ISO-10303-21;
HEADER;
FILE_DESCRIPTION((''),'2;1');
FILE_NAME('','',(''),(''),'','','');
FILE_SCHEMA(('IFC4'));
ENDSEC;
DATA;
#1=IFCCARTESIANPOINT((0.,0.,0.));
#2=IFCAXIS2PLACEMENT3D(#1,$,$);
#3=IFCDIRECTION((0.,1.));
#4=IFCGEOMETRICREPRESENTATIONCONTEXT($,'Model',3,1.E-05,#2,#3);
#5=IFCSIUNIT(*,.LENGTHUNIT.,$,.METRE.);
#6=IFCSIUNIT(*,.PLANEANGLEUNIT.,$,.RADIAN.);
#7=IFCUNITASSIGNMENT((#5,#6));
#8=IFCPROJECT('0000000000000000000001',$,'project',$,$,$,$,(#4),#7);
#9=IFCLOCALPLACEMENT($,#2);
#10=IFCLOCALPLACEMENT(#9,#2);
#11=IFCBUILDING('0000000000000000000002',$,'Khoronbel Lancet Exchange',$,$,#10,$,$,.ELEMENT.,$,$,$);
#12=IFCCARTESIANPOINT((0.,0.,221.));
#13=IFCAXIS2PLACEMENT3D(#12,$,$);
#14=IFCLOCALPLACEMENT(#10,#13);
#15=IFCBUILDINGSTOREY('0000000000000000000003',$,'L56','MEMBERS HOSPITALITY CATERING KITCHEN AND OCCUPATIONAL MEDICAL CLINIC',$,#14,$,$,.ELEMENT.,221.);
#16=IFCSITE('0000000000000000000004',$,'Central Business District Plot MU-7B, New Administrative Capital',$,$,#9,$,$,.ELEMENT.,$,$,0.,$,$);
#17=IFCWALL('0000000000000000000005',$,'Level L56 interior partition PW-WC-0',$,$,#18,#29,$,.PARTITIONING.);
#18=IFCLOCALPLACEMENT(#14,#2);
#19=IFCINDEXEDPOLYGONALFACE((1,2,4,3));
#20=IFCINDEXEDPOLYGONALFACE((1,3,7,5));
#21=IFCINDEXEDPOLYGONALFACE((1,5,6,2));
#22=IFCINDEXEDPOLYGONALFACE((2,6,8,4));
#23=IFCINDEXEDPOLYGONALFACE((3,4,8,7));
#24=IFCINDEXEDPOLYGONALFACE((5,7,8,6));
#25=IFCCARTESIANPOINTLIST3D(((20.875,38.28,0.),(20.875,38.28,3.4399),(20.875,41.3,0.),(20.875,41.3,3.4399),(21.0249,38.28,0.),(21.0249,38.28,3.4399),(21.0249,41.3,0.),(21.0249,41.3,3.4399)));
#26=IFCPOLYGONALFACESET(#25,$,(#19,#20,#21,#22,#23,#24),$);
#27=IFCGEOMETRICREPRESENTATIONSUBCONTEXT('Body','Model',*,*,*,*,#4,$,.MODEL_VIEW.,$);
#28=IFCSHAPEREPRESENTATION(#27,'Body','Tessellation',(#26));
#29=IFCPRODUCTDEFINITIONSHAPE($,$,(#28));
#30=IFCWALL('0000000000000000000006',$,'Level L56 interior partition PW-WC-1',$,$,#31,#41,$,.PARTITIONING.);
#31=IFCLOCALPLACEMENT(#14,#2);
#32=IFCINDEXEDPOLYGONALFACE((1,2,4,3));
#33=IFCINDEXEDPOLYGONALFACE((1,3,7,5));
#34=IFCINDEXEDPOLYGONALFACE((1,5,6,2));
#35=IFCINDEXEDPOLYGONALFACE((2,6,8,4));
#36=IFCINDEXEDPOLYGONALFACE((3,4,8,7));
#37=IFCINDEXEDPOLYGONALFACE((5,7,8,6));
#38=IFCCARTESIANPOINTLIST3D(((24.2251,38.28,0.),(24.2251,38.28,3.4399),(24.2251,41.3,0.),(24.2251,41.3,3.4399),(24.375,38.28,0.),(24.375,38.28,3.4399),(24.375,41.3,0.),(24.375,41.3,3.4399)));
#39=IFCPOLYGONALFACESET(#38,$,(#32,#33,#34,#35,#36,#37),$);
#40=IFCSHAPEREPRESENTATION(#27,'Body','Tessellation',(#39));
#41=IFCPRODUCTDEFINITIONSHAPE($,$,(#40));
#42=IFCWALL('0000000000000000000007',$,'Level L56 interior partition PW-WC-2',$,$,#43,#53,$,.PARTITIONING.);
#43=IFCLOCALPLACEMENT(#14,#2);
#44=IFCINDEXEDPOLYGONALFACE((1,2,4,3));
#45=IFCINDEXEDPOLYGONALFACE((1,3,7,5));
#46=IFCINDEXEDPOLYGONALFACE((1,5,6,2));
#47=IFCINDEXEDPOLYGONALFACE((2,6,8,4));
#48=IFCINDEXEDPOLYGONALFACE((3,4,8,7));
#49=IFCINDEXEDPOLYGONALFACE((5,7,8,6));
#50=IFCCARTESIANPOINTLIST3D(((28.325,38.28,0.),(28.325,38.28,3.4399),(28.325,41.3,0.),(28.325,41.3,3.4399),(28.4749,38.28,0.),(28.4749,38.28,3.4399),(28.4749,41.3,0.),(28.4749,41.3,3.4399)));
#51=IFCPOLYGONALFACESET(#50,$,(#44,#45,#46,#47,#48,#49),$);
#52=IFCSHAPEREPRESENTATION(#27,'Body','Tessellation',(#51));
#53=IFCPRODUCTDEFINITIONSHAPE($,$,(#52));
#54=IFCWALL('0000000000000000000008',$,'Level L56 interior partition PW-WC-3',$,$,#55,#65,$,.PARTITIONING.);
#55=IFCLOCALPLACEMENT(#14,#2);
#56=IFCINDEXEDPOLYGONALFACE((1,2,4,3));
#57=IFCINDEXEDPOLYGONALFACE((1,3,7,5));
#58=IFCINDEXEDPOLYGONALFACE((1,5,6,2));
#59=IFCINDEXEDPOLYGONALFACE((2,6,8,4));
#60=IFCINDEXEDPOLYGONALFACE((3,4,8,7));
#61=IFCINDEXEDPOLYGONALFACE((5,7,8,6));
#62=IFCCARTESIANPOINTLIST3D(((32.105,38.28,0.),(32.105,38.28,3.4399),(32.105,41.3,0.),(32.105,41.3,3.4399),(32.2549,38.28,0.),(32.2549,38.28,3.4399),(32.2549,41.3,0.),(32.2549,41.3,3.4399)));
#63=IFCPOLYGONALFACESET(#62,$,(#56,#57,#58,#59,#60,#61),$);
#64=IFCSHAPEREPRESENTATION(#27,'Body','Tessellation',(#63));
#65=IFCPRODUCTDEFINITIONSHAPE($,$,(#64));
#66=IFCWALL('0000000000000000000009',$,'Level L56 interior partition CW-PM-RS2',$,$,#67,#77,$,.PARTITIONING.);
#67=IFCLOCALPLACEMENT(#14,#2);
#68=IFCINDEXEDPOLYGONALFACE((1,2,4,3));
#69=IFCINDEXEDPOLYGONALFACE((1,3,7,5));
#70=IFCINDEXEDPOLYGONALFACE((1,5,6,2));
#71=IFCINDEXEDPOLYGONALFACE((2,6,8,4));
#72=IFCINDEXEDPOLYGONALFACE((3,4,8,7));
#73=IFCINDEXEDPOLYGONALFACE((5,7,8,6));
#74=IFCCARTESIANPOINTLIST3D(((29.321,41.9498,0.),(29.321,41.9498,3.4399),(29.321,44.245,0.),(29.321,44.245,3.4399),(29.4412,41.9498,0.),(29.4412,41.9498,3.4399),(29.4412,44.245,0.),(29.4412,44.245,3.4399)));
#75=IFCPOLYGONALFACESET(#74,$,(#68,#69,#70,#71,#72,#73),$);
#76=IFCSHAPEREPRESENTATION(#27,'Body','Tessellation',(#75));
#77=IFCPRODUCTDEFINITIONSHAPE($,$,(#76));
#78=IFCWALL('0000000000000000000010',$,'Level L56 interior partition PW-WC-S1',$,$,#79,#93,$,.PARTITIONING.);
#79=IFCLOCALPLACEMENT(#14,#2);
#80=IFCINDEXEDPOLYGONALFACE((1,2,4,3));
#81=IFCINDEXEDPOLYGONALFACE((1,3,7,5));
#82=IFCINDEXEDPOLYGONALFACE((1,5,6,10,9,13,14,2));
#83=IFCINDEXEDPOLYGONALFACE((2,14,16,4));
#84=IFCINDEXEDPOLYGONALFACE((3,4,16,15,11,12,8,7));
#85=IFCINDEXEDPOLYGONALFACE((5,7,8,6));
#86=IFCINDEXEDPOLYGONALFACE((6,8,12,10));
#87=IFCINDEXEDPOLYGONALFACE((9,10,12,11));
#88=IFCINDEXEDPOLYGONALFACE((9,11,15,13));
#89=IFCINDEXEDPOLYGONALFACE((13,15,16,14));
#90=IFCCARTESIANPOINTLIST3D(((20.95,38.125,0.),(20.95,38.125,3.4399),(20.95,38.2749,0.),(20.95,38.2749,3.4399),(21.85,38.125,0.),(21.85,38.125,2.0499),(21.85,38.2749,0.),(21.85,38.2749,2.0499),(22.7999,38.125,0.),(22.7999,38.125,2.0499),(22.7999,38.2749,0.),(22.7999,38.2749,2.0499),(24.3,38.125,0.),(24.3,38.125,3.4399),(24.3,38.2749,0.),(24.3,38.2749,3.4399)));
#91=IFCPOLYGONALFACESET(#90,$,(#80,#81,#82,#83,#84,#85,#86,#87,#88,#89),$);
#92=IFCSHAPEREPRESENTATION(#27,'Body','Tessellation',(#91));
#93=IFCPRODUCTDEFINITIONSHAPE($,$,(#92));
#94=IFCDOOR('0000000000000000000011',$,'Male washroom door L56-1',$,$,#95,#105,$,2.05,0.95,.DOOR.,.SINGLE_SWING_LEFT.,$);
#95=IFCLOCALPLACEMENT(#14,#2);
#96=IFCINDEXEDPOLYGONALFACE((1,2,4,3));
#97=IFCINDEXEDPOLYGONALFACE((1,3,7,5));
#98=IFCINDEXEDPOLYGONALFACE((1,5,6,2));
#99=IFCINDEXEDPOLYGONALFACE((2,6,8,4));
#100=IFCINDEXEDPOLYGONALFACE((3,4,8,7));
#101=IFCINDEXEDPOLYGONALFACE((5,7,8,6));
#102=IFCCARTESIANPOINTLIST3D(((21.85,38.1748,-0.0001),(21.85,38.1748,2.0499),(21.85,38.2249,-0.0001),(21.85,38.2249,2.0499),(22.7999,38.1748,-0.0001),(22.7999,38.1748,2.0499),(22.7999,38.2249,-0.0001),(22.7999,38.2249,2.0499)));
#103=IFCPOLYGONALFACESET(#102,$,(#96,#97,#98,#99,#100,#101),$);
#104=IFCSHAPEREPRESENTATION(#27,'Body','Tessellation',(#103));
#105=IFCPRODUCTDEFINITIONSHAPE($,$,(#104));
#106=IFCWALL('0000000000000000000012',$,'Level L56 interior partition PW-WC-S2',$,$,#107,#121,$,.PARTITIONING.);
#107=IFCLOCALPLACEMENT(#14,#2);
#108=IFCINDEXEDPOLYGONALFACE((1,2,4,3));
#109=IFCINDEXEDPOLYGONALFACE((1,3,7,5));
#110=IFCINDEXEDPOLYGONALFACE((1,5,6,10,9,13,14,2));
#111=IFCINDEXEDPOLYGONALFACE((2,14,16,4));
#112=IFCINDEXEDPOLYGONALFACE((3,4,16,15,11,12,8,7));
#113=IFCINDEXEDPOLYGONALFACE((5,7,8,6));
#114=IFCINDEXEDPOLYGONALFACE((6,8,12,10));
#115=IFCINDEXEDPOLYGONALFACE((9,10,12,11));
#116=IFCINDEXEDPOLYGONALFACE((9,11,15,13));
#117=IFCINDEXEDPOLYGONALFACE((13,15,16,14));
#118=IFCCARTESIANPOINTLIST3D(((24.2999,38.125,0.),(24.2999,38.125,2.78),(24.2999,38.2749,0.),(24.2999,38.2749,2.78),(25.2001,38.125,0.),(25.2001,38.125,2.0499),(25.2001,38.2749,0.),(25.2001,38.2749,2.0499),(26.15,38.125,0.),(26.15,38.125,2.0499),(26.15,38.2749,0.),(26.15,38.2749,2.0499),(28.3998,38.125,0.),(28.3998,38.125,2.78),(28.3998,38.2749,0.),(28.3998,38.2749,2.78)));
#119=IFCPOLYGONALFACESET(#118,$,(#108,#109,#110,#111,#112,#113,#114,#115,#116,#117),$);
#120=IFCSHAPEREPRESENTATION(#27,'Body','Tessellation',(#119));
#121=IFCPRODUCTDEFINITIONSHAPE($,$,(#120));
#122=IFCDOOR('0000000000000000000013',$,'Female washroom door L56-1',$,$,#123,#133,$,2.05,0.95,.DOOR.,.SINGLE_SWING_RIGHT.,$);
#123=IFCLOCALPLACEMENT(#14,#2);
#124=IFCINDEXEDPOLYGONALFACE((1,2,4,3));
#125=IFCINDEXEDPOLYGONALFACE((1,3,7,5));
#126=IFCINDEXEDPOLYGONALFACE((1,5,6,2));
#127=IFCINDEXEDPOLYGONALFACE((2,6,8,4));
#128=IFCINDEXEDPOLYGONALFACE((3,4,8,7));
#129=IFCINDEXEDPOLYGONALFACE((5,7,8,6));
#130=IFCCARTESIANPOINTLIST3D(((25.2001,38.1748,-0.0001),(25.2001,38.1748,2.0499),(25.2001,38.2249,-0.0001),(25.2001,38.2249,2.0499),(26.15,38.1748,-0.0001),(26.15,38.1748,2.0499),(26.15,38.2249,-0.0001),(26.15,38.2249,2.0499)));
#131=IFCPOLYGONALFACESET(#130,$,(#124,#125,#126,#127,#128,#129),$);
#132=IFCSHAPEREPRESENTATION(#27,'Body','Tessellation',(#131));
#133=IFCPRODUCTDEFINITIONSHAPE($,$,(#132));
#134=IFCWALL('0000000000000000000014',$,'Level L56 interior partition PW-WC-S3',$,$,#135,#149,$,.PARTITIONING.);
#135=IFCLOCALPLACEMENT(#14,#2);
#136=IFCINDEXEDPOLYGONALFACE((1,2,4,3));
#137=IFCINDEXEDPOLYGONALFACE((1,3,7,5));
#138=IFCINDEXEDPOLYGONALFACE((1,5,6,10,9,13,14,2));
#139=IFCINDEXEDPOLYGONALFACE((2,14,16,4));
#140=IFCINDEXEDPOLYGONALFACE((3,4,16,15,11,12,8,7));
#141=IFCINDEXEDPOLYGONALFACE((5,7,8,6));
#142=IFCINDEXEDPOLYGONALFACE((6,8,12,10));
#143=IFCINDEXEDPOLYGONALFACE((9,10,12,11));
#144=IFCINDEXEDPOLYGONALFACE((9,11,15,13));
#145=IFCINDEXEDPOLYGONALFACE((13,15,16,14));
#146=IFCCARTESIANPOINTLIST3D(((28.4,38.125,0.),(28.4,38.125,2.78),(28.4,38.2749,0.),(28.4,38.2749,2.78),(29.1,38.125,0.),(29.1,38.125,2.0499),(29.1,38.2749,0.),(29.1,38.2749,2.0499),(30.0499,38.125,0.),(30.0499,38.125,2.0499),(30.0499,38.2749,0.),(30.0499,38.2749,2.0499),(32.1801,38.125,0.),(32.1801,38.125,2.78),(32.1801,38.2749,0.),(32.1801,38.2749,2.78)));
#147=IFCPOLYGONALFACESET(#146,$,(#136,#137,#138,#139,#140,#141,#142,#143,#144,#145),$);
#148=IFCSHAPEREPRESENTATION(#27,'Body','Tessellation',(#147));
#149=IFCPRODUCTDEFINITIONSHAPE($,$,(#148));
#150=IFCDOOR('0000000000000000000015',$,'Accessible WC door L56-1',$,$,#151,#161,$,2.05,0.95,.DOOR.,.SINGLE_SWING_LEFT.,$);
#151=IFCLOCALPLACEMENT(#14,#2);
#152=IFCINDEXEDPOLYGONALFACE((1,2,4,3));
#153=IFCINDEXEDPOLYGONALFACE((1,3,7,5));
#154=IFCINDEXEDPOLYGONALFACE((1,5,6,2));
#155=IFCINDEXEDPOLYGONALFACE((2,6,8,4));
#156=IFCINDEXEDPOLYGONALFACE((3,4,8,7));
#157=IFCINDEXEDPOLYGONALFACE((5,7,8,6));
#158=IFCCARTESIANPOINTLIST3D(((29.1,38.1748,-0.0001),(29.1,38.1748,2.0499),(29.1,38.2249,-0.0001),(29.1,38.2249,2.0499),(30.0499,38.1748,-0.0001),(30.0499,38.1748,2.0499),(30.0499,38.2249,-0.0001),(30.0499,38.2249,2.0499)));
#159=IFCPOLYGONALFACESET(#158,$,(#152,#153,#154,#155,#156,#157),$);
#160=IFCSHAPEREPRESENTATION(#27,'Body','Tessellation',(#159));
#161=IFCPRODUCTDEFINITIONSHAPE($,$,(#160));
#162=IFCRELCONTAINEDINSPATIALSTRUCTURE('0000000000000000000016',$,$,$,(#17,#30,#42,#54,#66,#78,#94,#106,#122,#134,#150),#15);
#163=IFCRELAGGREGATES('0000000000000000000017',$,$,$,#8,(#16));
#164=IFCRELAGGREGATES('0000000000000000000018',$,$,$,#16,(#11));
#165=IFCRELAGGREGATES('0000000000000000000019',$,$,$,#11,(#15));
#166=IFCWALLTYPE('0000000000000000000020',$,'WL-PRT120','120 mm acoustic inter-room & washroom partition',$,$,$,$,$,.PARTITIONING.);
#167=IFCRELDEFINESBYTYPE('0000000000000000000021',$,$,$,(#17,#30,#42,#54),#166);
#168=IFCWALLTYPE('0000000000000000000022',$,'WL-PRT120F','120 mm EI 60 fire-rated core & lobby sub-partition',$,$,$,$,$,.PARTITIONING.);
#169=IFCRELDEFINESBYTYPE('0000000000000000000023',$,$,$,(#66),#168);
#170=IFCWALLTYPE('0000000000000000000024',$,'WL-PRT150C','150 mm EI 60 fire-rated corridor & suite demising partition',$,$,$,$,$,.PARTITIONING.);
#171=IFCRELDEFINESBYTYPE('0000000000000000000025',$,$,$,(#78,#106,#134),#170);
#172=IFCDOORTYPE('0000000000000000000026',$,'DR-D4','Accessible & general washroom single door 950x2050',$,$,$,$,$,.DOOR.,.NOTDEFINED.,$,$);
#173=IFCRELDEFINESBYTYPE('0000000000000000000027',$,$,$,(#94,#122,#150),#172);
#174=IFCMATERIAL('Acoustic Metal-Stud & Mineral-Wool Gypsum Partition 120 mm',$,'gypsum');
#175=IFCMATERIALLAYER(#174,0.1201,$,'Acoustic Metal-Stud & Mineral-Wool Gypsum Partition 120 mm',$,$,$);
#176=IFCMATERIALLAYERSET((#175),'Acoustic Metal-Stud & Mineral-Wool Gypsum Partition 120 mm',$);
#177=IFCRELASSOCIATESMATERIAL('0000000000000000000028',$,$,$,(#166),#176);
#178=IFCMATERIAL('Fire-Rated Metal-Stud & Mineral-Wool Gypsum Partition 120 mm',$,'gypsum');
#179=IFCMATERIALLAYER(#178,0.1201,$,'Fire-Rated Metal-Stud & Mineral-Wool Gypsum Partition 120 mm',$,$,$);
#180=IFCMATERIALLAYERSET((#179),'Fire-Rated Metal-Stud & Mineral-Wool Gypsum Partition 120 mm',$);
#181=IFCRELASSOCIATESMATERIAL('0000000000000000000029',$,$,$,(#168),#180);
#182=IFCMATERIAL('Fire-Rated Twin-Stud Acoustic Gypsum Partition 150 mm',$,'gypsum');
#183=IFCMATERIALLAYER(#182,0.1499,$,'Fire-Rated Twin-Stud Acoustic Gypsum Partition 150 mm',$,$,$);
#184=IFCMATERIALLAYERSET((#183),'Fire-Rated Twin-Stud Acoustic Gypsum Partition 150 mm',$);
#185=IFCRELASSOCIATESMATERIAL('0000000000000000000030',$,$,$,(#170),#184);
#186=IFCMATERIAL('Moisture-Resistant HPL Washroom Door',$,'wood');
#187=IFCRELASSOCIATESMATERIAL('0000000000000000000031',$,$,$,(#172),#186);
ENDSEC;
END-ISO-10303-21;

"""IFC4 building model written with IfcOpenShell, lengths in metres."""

from ifc_helpers import new_model, si_unit, direction, frame, frame_2d, origin, place, context, subcontext, project, spatial, rectangle, extrude, material, layer, layer_set, type_object, element, fill, save


model = new_model("IFC4")

# Units and contexts
model_context = context("Model", 3, precision=1e-05, world=origin(), true_north=direction((0.0, 1.0)))
body_context = subcontext(model_context, "Body", "Model", "MODEL_VIEW")
ifc_project = project(units=[si_unit("LENGTHUNIT", "METRE"), si_unit("PLANEANGLEUNIT", "RADIAN")], contexts=[model_context])

# Site, building, storey
site_placement = place(None, origin())
site = spatial("IfcSite", under=ifc_project, at=site_placement, Name="Central Business District Plot MU-7B, New Administrative Capital", CompositionType="ELEMENT", RefElevation=0.0)
building_placement = place(site_placement, origin())
building = spatial("IfcBuilding", under=site, at=building_placement, Name="Khoronbel Lancet Exchange", CompositionType="ELEMENT")
storey_placement = place(building_placement, frame((0.0, 0.0, 221.0)))
storey = spatial("IfcBuildingStorey", under=building, at=storey_placement, Name="L56", Description="MEMBERS HOSPITALITY CATERING KITCHEN AND OCCUPATIONAL MEDICAL CLINIC", CompositionType="ELEMENT", Elevation=221.0)

# Walls
ifc_material_1 = material(Name="Acoustic Metal-Stud & Mineral-Wool Gypsum Partition 120 mm", Category="gypsum")
ifc_layer_1 = layer(ifc_material_1, 0.1201, Name="Acoustic Metal-Stud & Mineral-Wool Gypsum Partition 120 mm")
ifc_layer_set_1 = layer_set([ifc_layer_1], Name="Acoustic Metal-Stud & Mineral-Wool Gypsum Partition 120 mm")
wall_type_1 = type_object("IfcWallType", Name="WL-PRT120", Description="120 mm acoustic inter-room & washroom partition", PredefinedType="PARTITIONING", material=ifc_layer_set_1)
for number, where, z_axis, x_axis, name in (
    (1, (20.95, 38.28, 0.0), (0.0, 0.0, 1.0), (0.0, 1.0, 0.0), "Level L56 interior partition PW-WC-0"),
    (2, (24.3, 38.28, 0.0), (0.0, 0.0, 1.0), (0.0, 1.0, 0.0), "Level L56 interior partition PW-WC-1"),
    (3, (28.3999, 38.28, 0.0), (0.0, 0.0, 1.0), (0.0, 1.0, 0.0), "Level L56 interior partition PW-WC-2"),
    (4, (32.1799, 38.28, 0.0), (0.0, 0.0, 1.0), (0.0, 1.0, 0.0), "Level L56 interior partition PW-WC-3"),
):
    element("IfcWall", number, at=place(storey_placement, frame(where, z_axis=z_axis, x_axis=x_axis)), inside=storey, type_object=wall_type_1, Name=name, PredefinedType="PARTITIONING", context=body_context, shape_type="SweptSolid", body=[
        extrude(rectangle(XDim=3.02, YDim=0.1499, at=frame_2d((1.51, 0.0))), origin(), (0.0, 0.0, 1.0), 3.4399),
    ])
ifc_material_2 = material(Name="Fire-Rated Metal-Stud & Mineral-Wool Gypsum Partition 120 mm", Category="gypsum")
ifc_layer_2 = layer(ifc_material_2, 0.1201, Name="Fire-Rated Metal-Stud & Mineral-Wool Gypsum Partition 120 mm")
ifc_layer_set_2 = layer_set([ifc_layer_2], Name="Fire-Rated Metal-Stud & Mineral-Wool Gypsum Partition 120 mm")
wall_type_2 = type_object("IfcWallType", Name="WL-PRT120F", Description="120 mm EI 60 fire-rated core & lobby sub-partition", PredefinedType="PARTITIONING", material=ifc_layer_set_2)
wall_1_placement = place(storey_placement, frame((29.3811, 41.95, 0.0), z_axis=(0.0, 0.0, 1.0), x_axis=(0.0, 1.0, 0.0)))
element("IfcWall", 5, at=wall_1_placement, inside=storey, type_object=wall_type_2, Name="Level L56 interior partition CW-PM-RS2", PredefinedType="PARTITIONING", context=body_context, shape_type="SweptSolid", body=[
    extrude(rectangle(XDim=2.2952, YDim=0.1201, at=frame_2d((1.1475, 0.0))), origin(), (0.0, 0.0, 1.0), 3.4399),
])

# Walls, openings, doors
ifc_material_3 = material(Name="Fire-Rated Twin-Stud Acoustic Gypsum Partition 150 mm", Category="gypsum")
ifc_layer_3 = layer(ifc_material_3, 0.1499, Name="Fire-Rated Twin-Stud Acoustic Gypsum Partition 150 mm")
ifc_layer_set_3 = layer_set([ifc_layer_3], Name="Fire-Rated Twin-Stud Acoustic Gypsum Partition 150 mm")
wall_type_3 = type_object("IfcWallType", Name="WL-PRT150C", Description="150 mm EI 60 fire-rated corridor & suite demising partition", PredefinedType="PARTITIONING", material=ifc_layer_set_3)
wall_2_placement = place(storey_placement, frame((20.95, 38.2, 0.0), z_axis=(0.0, 0.0, 1.0), x_axis=(1.0, 0.0, 0.0)))
wall_2 = element("IfcWall", 6, at=wall_2_placement, inside=storey, type_object=wall_type_3, Name="Level L56 interior partition PW-WC-S1", PredefinedType="PARTITIONING", context=body_context, shape_type="SweptSolid", body=[
    extrude(rectangle(XDim=3.3501, YDim=0.1499, at=frame_2d((1.675, 0.0))), origin(), (0.0, 0.0, 1.0), 3.4399),
])
opening_1_placement = place(wall_2_placement, frame((0.8999, 0.0, 0.0)))
opening_1 = element("IfcOpeningElement", 7, at=opening_1_placement, cuts=wall_2, PredefinedType="OPENING", context=body_context, shape_type="SweptSolid", body=[
    extrude(rectangle(XDim=0.95, YDim=2.05, at=frame_2d((0.4751, 1.0249))), frame((0.0, 0.085, 0.0), z_axis=(0.0, -1.0, 0.0), x_axis=(1.0, 0.0, 0.0)), (0.0, 0.0, 1.0), 0.1699),
])
ifc_material_4 = material(Name="Moisture-Resistant HPL Washroom Door", Category="wood")
door_type_1 = type_object("IfcDoorType", Name="DR-D4", Description="Accessible & general washroom single door 950x2050", OperationType="NOTDEFINED", PredefinedType="DOOR", material=ifc_material_4)
door_1_placement = place(opening_1_placement, origin())
door_1 = element("IfcDoor", 8, at=door_1_placement, inside=storey, type_object=door_type_1, Name="Male washroom door L56-1", OperationType="SINGLE_SWING_LEFT", OverallHeight=2.05, OverallWidth=0.95, PredefinedType="DOOR", context=body_context, shape_type="SweptSolid", body=[
    extrude(rectangle(XDim=0.95, YDim=2.05, at=frame_2d((0.4751, 1.0249))), frame((0.0, 0.0249, 0.0), z_axis=(0.0, -1.0, 0.0), x_axis=(1.0, 0.0, 0.0)), (0.0, 0.0, 1.0), 0.05),
])
fill(opening_1, door_1)
wall_3_placement = place(storey_placement, frame((24.3, 38.2, 0.0), z_axis=(0.0, 0.0, 1.0), x_axis=(1.0, 0.0, 0.0)))
wall_3 = element("IfcWall", 9, at=wall_3_placement, inside=storey, type_object=wall_type_3, Name="Level L56 interior partition PW-WC-S2", PredefinedType="PARTITIONING", context=body_context, shape_type="SweptSolid", body=[
    extrude(rectangle(XDim=4.0999, YDim=0.1499, at=frame_2d((2.0498, 0.0))), origin(), (0.0, 0.0, 1.0), 2.78),
])
opening_2_placement = place(wall_3_placement, frame((0.8999, 0.0, 0.0)))
opening_2 = element("IfcOpeningElement", 10, at=opening_2_placement, cuts=wall_3, PredefinedType="OPENING", context=body_context, shape_type="SweptSolid", body=[
    extrude(rectangle(XDim=0.95, YDim=2.05, at=frame_2d((0.4751, 1.0249))), frame((0.0, 0.085, 0.0), z_axis=(0.0, -1.0, 0.0), x_axis=(1.0, 0.0, 0.0)), (0.0, 0.0, 1.0), 0.1699),
])
door_2_placement = place(opening_2_placement, origin())
door_2 = element("IfcDoor", 11, at=door_2_placement, inside=storey, type_object=door_type_1, Name="Female washroom door L56-1", OperationType="SINGLE_SWING_RIGHT", OverallHeight=2.05, OverallWidth=0.95, PredefinedType="DOOR", context=body_context, shape_type="SweptSolid", body=[
    extrude(rectangle(XDim=0.95, YDim=2.05, at=frame_2d((0.4751, 1.0249))), frame((0.0, 0.0249, 0.0), z_axis=(0.0, -1.0, 0.0), x_axis=(1.0, 0.0, 0.0)), (0.0, 0.0, 1.0), 0.05),
])
fill(opening_2, door_2)
wall_4_placement = place(storey_placement, frame((28.3999, 38.2, 0.0), z_axis=(0.0, 0.0, 1.0), x_axis=(1.0, 0.0, 0.0)))
wall_4 = element("IfcWall", 12, at=wall_4_placement, inside=storey, type_object=wall_type_3, Name="Level L56 interior partition PW-WC-S3", PredefinedType="PARTITIONING", context=body_context, shape_type="SweptSolid", body=[
    extrude(rectangle(XDim=3.78, YDim=0.1499, at=frame_2d((1.8901, 0.0))), origin(), (0.0, 0.0, 1.0), 2.78),
])
opening_3_placement = place(wall_4_placement, frame((0.7, 0.0, 0.0)))
opening_3 = element("IfcOpeningElement", 13, at=opening_3_placement, cuts=wall_4, PredefinedType="OPENING", context=body_context, shape_type="SweptSolid", body=[
    extrude(rectangle(XDim=0.95, YDim=2.05, at=frame_2d((0.4751, 1.0249))), frame((0.0, 0.085, 0.0), z_axis=(0.0, -1.0, 0.0), x_axis=(1.0, 0.0, 0.0)), (0.0, 0.0, 1.0), 0.1699),
])
door_3_placement = place(opening_3_placement, origin())
door_3 = element("IfcDoor", 14, at=door_3_placement, inside=storey, type_object=door_type_1, Name="Accessible WC door L56-1", OperationType="SINGLE_SWING_LEFT", OverallHeight=2.05, OverallWidth=0.95, PredefinedType="DOOR", context=body_context, shape_type="SweptSolid", body=[
    extrude(rectangle(XDim=0.95, YDim=2.05, at=frame_2d((0.4751, 1.0249))), frame((0.0, 0.0249, 0.0), z_axis=(0.0, -1.0, 0.0), x_axis=(1.0, 0.0, 0.0)), (0.0, 0.0, 1.0), 0.05),
])
fill(opening_3, door_3)

save(model, "model.ifc")
